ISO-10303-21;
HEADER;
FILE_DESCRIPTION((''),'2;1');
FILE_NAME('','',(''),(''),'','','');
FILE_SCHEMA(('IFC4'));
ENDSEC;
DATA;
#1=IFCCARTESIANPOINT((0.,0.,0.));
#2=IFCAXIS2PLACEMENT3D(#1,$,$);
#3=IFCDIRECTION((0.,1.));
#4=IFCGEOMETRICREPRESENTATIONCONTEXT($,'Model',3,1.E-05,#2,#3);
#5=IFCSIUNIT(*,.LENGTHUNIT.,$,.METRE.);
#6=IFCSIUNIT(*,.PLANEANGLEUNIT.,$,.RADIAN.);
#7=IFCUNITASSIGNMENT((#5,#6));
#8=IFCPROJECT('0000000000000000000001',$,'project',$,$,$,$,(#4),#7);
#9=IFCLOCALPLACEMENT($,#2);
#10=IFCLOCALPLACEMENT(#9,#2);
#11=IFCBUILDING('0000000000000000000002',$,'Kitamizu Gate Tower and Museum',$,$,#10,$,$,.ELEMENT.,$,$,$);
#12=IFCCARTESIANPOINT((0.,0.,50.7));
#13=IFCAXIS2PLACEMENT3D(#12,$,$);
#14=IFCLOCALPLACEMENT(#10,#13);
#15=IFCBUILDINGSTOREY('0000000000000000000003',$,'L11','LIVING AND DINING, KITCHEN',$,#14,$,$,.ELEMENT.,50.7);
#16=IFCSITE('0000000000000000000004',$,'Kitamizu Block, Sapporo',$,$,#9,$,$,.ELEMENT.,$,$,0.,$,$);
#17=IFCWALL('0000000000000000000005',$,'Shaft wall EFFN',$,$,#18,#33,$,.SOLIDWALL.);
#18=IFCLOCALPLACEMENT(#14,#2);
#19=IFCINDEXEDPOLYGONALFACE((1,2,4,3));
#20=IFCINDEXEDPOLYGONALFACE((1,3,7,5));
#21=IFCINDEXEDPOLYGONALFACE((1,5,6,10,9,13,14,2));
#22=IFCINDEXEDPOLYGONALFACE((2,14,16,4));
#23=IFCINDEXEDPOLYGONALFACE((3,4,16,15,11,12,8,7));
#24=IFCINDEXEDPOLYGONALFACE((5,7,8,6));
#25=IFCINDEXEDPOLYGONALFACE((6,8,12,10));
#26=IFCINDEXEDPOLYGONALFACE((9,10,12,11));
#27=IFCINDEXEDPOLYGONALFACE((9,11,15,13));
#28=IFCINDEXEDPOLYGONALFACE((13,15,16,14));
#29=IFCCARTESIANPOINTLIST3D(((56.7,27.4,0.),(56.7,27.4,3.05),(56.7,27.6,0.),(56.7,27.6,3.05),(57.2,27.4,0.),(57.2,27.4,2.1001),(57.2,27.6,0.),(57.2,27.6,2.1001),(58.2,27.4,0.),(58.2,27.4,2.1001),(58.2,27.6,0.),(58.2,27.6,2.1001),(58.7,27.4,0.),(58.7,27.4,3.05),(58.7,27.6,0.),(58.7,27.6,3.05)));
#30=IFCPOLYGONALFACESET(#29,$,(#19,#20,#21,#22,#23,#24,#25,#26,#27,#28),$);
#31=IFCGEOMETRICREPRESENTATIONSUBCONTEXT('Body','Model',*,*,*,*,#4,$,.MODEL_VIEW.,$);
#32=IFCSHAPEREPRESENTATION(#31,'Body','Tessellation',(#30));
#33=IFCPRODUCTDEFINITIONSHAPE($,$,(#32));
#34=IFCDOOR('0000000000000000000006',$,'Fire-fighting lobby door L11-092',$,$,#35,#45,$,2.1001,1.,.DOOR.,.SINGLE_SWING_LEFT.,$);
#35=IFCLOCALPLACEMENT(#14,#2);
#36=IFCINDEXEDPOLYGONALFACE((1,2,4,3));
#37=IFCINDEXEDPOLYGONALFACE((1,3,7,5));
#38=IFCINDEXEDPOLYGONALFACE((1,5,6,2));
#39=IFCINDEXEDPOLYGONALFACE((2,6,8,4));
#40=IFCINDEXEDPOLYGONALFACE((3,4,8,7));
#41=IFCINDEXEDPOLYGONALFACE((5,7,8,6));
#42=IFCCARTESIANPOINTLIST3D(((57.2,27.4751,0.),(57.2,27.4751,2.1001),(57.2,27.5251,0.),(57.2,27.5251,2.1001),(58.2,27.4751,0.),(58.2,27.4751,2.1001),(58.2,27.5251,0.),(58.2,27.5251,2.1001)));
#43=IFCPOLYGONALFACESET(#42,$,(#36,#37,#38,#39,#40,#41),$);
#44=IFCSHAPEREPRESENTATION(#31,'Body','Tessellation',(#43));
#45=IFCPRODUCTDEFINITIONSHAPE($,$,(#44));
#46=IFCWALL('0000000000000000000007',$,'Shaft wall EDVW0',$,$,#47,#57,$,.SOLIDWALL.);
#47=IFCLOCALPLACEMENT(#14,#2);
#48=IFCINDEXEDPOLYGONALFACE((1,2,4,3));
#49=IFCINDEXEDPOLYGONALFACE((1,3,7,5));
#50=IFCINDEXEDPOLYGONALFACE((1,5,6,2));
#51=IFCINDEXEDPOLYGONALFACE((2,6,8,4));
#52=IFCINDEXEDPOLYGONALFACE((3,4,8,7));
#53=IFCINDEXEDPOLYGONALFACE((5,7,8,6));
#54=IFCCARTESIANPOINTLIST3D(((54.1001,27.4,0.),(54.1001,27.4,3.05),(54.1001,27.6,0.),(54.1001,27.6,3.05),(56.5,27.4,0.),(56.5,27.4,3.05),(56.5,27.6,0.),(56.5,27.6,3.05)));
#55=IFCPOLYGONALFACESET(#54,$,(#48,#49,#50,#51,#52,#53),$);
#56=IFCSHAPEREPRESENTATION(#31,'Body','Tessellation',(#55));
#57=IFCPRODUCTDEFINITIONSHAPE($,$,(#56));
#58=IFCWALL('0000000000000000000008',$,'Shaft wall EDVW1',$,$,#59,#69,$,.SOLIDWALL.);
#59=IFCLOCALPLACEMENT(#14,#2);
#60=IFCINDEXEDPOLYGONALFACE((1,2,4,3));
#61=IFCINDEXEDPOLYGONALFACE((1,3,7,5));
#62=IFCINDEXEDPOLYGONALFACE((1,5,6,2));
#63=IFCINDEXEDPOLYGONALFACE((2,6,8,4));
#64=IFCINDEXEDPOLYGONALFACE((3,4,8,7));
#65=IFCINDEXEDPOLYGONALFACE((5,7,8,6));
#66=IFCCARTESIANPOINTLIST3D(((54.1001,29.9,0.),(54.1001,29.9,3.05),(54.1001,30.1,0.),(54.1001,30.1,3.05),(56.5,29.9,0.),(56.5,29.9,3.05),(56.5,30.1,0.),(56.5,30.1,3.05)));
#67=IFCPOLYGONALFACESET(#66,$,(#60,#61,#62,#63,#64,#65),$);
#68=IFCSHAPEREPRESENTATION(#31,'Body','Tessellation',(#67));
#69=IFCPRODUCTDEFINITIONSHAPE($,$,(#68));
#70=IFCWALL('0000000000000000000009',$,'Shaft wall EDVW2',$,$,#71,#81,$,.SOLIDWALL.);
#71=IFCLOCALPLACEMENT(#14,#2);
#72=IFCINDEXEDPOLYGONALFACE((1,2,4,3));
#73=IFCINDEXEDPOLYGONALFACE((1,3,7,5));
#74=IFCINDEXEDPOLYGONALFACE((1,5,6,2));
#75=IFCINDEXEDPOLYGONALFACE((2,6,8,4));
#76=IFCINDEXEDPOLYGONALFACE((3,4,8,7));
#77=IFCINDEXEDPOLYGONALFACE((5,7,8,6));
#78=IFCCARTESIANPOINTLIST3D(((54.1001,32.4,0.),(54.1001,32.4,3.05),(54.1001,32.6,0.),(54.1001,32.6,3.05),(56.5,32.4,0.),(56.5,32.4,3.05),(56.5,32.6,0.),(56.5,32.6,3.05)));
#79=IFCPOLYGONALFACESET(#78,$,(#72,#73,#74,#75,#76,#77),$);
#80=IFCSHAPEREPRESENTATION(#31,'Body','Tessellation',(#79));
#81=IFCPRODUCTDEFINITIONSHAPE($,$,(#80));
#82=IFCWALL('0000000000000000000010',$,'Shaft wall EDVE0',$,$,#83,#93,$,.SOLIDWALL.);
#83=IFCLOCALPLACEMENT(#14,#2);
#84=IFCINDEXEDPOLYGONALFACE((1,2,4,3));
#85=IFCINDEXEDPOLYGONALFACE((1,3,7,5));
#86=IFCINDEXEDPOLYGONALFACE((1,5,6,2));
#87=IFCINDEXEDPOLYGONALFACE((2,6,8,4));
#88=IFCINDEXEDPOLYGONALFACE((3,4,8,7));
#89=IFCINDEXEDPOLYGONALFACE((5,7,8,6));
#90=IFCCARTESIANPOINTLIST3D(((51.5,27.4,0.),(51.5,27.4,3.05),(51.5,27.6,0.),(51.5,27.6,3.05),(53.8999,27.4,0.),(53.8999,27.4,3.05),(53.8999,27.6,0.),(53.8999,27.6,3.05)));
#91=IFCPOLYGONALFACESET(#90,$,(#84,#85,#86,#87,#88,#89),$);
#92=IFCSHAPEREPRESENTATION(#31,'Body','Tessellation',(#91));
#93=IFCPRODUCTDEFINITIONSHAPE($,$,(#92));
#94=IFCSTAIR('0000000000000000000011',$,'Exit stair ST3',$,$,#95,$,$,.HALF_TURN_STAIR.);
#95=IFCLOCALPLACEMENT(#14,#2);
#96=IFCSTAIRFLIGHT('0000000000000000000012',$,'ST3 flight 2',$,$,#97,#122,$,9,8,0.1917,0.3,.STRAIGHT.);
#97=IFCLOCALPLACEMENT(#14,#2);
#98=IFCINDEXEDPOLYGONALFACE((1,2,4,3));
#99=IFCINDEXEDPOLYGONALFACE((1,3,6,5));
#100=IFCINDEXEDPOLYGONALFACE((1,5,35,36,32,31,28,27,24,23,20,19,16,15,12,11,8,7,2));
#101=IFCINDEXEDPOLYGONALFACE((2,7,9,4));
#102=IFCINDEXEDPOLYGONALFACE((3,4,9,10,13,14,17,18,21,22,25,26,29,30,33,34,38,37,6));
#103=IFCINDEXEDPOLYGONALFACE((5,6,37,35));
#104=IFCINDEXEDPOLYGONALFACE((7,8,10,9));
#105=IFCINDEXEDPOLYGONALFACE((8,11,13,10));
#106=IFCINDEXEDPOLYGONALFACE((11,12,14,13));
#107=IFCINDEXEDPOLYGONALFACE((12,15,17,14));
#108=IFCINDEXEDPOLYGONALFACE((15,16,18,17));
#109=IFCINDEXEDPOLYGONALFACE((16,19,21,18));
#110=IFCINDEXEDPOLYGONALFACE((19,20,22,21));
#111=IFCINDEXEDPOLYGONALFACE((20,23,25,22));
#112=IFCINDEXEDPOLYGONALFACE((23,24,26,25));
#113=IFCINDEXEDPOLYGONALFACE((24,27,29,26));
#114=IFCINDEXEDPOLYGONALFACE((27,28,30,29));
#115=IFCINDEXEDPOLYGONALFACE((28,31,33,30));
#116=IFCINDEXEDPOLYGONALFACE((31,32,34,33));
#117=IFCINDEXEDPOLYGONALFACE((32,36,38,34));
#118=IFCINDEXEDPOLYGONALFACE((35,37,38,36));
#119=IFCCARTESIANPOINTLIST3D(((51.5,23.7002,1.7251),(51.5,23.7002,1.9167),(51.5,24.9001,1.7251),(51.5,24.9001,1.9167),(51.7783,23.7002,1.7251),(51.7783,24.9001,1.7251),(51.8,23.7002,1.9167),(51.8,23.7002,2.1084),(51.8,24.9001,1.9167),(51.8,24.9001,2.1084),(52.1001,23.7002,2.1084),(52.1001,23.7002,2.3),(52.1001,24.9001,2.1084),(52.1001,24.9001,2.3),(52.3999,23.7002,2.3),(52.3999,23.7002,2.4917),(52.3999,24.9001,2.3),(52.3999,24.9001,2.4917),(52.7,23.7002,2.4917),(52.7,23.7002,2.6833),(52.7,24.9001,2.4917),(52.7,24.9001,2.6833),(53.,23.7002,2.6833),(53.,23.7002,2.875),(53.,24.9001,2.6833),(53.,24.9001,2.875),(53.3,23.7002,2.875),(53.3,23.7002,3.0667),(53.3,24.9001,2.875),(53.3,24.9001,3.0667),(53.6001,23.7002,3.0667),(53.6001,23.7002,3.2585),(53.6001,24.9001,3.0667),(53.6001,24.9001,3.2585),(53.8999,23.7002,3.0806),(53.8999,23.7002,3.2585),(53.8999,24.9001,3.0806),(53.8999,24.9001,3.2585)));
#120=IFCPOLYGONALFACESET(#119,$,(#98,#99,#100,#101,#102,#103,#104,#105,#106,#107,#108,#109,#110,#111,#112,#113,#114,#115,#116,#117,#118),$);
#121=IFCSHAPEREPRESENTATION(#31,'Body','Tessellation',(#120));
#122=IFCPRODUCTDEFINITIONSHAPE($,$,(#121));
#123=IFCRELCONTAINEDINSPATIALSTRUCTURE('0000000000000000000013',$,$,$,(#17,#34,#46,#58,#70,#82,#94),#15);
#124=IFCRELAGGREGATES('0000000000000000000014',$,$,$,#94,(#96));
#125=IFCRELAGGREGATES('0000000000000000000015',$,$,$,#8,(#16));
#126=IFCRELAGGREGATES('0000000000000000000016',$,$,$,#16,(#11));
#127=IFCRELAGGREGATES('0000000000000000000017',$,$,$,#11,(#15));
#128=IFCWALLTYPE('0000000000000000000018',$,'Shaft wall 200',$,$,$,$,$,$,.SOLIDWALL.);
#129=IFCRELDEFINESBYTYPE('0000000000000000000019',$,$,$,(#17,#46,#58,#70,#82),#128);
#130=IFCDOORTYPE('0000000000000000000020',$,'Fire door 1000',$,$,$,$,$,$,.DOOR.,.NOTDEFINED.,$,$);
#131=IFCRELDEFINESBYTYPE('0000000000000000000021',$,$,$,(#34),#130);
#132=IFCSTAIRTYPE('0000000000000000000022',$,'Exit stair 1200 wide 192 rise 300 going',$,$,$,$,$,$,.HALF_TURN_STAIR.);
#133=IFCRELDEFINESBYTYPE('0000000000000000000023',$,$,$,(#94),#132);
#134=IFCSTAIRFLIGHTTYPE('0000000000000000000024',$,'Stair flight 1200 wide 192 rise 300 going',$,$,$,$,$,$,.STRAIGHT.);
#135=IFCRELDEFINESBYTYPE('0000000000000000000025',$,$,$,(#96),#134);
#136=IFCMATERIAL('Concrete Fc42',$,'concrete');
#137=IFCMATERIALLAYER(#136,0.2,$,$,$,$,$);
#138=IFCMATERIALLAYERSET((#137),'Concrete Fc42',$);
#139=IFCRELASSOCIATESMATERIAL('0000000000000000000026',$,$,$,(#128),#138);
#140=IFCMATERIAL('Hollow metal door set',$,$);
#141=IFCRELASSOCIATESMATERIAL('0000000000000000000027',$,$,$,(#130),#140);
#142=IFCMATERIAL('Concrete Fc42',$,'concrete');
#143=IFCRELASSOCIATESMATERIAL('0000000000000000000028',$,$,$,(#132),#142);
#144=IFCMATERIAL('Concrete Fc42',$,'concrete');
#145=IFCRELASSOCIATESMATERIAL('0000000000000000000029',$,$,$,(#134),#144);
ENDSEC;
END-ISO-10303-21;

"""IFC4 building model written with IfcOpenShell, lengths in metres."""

from ifc_helpers import new_model, si_unit, direction, frame, frame_2d, origin, place, context, subcontext, project, spatial, polyline, rectangle, outline, extrude, material, layer, layer_set, type_object, element, fill, aggregate, save


model = new_model("IFC4")

# Units and contexts
model_context = context("Model", 3, precision=1e-05, world=origin(), true_north=direction((0.0, 1.0)))
body_context = subcontext(model_context, "Body", "Model", "MODEL_VIEW")
ifc_project = project(units=[si_unit("LENGTHUNIT", "METRE"), si_unit("PLANEANGLEUNIT", "RADIAN")], contexts=[model_context])

# Site, building, storey
site_placement = place(None, origin())
site = spatial("IfcSite", under=ifc_project, at=site_placement, Name="Kitamizu Block, Sapporo", CompositionType="ELEMENT", RefElevation=0.0)
building_placement = place(site_placement, origin())
building = spatial("IfcBuilding", under=site, at=building_placement, Name="Kitamizu Gate Tower and Museum", CompositionType="ELEMENT")
storey_placement = place(building_placement, frame((0.0, 0.0, 50.7)))
storey = spatial("IfcBuildingStorey", under=building, at=storey_placement, Name="L11", Description="LIVING AND DINING, KITCHEN", CompositionType="ELEMENT", Elevation=50.7)

# Shared definitions
ifc_material_1 = material(Name="Concrete Fc42", Category="concrete")
ifc_layer_1 = layer(ifc_material_1, 0.2)
ifc_layer_set_1 = layer_set([ifc_layer_1], Name="Concrete Fc42")
wall_type_1 = type_object("IfcWallType", Name="Shaft wall 200", PredefinedType="SOLIDWALL", material=ifc_layer_set_1)
ifc_material_2 = material(Name="Hollow metal door set")
door_type_1 = type_object("IfcDoorType", Name="Fire door 1000", OperationType="NOTDEFINED", PredefinedType="DOOR", material=ifc_material_2)

# Wall, opening, door
wall_1_placement = place(storey_placement, frame((58.7, 27.5, 0.0), z_axis=(0.0, 0.0, 1.0), x_axis=(-1.0, 0.0, 0.0)))
wall_1 = element("IfcWall", 1, at=wall_1_placement, inside=storey, type_object=wall_type_1, Name="Shaft wall EFFN", PredefinedType="SOLIDWALL", context=body_context, shape_type="SweptSolid", body=[
    extrude(rectangle(XDim=2.0, YDim=0.2, at=frame_2d((1.0, 0.0))), origin(), (0.0, 0.0, 1.0), 3.05),
])
opening_1_placement = place(wall_1_placement, frame((0.5, 0.0, 0.0)))
opening_1 = element("IfcOpeningElement", 2, at=opening_1_placement, cuts=wall_1, PredefinedType="OPENING", context=body_context, shape_type="SweptSolid", body=[
    extrude(rectangle(XDim=1.0, YDim=2.1001, at=frame_2d((0.5, 1.05))), frame((0.0, 0.1099, 0.0), z_axis=(0.0, -1.0, 0.0), x_axis=(1.0, 0.0, 0.0)), (0.0, 0.0, 1.0), 0.22),
])
door_1_placement = place(opening_1_placement, origin())
door_1 = element("IfcDoor", 3, at=door_1_placement, inside=storey, type_object=door_type_1, Name="Fire-fighting lobby door L11-092", OperationType="SINGLE_SWING_LEFT", OverallHeight=2.1001, OverallWidth=1.0, PredefinedType="DOOR", context=body_context, shape_type="SweptSolid", body=[
    extrude(rectangle(XDim=1.0, YDim=2.1001, at=frame_2d((0.5, 1.05))), frame((0.0, 0.0249, 0.0), z_axis=(0.0, -1.0, 0.0), x_axis=(1.0, 0.0, 0.0)), (0.0, 0.0, 1.0), 0.05),
])
fill(opening_1, door_1)

# Walls
for number, where, z_axis, x_axis, name in (
    (4, (56.5, 27.5, 0.0), (0.0, 0.0, 1.0), (-1.0, 0.0, 0.0), "Shaft wall EDVW0"),
    (5, (56.5, 30.0, 0.0), (0.0, 0.0, 1.0), (-1.0, 0.0, 0.0), "Shaft wall EDVW1"),
    (6, (56.5, 32.5, 0.0), (0.0, 0.0, 1.0), (-1.0, 0.0, 0.0), "Shaft wall EDVW2"),
    (7, (53.8999, 27.5, 0.0), (0.0, 0.0, 1.0), (-1.0, 0.0, 0.0), "Shaft wall EDVE0"),
):
    element("IfcWall", number, at=place(storey_placement, frame(where, z_axis=z_axis, x_axis=x_axis)), inside=storey, type_object=wall_type_1, Name=name, PredefinedType="SOLIDWALL", context=body_context, shape_type="SweptSolid", body=[
        extrude(rectangle(XDim=2.3999, YDim=0.2, at=frame_2d((1.2, 0.0))), origin(), (0.0, 0.0, 1.0), 3.05),
    ])

# Stair, stair flight
ifc_material_3 = material(Name="Concrete Fc42", Category="concrete")
stair_type = type_object("IfcStairType", Name="Exit stair 1200 wide 192 rise 300 going", PredefinedType="HALF_TURN_STAIR", material=ifc_material_3)
stair_placement = place(storey_placement, origin())
stair = element("IfcStair", 8, at=stair_placement, inside=storey, type_object=stair_type, Name="Exit stair ST3", PredefinedType="HALF_TURN_STAIR")
ifc_material_4 = material(Name="Concrete Fc42", Category="concrete")
stair_flight_type = type_object("IfcStairFlightType", Name="Stair flight 1200 wide 192 rise 300 going", PredefinedType="STRAIGHT", material=ifc_material_4)
stair_flight_placement = place(storey_placement, frame((51.5, 24.3, 1.7251), z_axis=(0.0, 0.0, 1.0), x_axis=(1.0, 0.0, 0.0)))
stair_flight = element("IfcStairFlight", 9, at=stair_flight_placement, type_object=stair_flight_type, Name="ST3 flight 2", NumberOfRisers=9, NumberOfTreads=8, PredefinedType="STRAIGHT", RiserHeight=0.1917, TreadLength=0.3, context=body_context, shape_type="SweptSolid", body=[
    extrude(outline(polyline([(0.0, 0.0), (0.0, 0.1917), (0.3, 0.1917), (0.3, 0.3833), (0.6001, 0.3833), (0.6001, 0.575), (0.8999, 0.575), (0.8999, 0.7666), (1.2, 0.7666), (1.2, 0.9583), (1.5, 0.9583), (1.5, 1.1499), (1.8, 1.1499), (1.8, 1.3416), (2.1001, 1.3416), (2.1001, 1.5334), (2.3999, 1.5334), (2.3999, 1.7251), (2.3999, 1.3555), (0.2783, 0.0), (0.0, 0.0)])), frame((0.0, 0.6001, 0.0), z_axis=(0.0, -1.0, 0.0), x_axis=(1.0, 0.0, 0.0)), (0.0, 0.0, 1.0), 1.2),
])
aggregate(stair, [stair_flight])

save(model, "model.ifc")
